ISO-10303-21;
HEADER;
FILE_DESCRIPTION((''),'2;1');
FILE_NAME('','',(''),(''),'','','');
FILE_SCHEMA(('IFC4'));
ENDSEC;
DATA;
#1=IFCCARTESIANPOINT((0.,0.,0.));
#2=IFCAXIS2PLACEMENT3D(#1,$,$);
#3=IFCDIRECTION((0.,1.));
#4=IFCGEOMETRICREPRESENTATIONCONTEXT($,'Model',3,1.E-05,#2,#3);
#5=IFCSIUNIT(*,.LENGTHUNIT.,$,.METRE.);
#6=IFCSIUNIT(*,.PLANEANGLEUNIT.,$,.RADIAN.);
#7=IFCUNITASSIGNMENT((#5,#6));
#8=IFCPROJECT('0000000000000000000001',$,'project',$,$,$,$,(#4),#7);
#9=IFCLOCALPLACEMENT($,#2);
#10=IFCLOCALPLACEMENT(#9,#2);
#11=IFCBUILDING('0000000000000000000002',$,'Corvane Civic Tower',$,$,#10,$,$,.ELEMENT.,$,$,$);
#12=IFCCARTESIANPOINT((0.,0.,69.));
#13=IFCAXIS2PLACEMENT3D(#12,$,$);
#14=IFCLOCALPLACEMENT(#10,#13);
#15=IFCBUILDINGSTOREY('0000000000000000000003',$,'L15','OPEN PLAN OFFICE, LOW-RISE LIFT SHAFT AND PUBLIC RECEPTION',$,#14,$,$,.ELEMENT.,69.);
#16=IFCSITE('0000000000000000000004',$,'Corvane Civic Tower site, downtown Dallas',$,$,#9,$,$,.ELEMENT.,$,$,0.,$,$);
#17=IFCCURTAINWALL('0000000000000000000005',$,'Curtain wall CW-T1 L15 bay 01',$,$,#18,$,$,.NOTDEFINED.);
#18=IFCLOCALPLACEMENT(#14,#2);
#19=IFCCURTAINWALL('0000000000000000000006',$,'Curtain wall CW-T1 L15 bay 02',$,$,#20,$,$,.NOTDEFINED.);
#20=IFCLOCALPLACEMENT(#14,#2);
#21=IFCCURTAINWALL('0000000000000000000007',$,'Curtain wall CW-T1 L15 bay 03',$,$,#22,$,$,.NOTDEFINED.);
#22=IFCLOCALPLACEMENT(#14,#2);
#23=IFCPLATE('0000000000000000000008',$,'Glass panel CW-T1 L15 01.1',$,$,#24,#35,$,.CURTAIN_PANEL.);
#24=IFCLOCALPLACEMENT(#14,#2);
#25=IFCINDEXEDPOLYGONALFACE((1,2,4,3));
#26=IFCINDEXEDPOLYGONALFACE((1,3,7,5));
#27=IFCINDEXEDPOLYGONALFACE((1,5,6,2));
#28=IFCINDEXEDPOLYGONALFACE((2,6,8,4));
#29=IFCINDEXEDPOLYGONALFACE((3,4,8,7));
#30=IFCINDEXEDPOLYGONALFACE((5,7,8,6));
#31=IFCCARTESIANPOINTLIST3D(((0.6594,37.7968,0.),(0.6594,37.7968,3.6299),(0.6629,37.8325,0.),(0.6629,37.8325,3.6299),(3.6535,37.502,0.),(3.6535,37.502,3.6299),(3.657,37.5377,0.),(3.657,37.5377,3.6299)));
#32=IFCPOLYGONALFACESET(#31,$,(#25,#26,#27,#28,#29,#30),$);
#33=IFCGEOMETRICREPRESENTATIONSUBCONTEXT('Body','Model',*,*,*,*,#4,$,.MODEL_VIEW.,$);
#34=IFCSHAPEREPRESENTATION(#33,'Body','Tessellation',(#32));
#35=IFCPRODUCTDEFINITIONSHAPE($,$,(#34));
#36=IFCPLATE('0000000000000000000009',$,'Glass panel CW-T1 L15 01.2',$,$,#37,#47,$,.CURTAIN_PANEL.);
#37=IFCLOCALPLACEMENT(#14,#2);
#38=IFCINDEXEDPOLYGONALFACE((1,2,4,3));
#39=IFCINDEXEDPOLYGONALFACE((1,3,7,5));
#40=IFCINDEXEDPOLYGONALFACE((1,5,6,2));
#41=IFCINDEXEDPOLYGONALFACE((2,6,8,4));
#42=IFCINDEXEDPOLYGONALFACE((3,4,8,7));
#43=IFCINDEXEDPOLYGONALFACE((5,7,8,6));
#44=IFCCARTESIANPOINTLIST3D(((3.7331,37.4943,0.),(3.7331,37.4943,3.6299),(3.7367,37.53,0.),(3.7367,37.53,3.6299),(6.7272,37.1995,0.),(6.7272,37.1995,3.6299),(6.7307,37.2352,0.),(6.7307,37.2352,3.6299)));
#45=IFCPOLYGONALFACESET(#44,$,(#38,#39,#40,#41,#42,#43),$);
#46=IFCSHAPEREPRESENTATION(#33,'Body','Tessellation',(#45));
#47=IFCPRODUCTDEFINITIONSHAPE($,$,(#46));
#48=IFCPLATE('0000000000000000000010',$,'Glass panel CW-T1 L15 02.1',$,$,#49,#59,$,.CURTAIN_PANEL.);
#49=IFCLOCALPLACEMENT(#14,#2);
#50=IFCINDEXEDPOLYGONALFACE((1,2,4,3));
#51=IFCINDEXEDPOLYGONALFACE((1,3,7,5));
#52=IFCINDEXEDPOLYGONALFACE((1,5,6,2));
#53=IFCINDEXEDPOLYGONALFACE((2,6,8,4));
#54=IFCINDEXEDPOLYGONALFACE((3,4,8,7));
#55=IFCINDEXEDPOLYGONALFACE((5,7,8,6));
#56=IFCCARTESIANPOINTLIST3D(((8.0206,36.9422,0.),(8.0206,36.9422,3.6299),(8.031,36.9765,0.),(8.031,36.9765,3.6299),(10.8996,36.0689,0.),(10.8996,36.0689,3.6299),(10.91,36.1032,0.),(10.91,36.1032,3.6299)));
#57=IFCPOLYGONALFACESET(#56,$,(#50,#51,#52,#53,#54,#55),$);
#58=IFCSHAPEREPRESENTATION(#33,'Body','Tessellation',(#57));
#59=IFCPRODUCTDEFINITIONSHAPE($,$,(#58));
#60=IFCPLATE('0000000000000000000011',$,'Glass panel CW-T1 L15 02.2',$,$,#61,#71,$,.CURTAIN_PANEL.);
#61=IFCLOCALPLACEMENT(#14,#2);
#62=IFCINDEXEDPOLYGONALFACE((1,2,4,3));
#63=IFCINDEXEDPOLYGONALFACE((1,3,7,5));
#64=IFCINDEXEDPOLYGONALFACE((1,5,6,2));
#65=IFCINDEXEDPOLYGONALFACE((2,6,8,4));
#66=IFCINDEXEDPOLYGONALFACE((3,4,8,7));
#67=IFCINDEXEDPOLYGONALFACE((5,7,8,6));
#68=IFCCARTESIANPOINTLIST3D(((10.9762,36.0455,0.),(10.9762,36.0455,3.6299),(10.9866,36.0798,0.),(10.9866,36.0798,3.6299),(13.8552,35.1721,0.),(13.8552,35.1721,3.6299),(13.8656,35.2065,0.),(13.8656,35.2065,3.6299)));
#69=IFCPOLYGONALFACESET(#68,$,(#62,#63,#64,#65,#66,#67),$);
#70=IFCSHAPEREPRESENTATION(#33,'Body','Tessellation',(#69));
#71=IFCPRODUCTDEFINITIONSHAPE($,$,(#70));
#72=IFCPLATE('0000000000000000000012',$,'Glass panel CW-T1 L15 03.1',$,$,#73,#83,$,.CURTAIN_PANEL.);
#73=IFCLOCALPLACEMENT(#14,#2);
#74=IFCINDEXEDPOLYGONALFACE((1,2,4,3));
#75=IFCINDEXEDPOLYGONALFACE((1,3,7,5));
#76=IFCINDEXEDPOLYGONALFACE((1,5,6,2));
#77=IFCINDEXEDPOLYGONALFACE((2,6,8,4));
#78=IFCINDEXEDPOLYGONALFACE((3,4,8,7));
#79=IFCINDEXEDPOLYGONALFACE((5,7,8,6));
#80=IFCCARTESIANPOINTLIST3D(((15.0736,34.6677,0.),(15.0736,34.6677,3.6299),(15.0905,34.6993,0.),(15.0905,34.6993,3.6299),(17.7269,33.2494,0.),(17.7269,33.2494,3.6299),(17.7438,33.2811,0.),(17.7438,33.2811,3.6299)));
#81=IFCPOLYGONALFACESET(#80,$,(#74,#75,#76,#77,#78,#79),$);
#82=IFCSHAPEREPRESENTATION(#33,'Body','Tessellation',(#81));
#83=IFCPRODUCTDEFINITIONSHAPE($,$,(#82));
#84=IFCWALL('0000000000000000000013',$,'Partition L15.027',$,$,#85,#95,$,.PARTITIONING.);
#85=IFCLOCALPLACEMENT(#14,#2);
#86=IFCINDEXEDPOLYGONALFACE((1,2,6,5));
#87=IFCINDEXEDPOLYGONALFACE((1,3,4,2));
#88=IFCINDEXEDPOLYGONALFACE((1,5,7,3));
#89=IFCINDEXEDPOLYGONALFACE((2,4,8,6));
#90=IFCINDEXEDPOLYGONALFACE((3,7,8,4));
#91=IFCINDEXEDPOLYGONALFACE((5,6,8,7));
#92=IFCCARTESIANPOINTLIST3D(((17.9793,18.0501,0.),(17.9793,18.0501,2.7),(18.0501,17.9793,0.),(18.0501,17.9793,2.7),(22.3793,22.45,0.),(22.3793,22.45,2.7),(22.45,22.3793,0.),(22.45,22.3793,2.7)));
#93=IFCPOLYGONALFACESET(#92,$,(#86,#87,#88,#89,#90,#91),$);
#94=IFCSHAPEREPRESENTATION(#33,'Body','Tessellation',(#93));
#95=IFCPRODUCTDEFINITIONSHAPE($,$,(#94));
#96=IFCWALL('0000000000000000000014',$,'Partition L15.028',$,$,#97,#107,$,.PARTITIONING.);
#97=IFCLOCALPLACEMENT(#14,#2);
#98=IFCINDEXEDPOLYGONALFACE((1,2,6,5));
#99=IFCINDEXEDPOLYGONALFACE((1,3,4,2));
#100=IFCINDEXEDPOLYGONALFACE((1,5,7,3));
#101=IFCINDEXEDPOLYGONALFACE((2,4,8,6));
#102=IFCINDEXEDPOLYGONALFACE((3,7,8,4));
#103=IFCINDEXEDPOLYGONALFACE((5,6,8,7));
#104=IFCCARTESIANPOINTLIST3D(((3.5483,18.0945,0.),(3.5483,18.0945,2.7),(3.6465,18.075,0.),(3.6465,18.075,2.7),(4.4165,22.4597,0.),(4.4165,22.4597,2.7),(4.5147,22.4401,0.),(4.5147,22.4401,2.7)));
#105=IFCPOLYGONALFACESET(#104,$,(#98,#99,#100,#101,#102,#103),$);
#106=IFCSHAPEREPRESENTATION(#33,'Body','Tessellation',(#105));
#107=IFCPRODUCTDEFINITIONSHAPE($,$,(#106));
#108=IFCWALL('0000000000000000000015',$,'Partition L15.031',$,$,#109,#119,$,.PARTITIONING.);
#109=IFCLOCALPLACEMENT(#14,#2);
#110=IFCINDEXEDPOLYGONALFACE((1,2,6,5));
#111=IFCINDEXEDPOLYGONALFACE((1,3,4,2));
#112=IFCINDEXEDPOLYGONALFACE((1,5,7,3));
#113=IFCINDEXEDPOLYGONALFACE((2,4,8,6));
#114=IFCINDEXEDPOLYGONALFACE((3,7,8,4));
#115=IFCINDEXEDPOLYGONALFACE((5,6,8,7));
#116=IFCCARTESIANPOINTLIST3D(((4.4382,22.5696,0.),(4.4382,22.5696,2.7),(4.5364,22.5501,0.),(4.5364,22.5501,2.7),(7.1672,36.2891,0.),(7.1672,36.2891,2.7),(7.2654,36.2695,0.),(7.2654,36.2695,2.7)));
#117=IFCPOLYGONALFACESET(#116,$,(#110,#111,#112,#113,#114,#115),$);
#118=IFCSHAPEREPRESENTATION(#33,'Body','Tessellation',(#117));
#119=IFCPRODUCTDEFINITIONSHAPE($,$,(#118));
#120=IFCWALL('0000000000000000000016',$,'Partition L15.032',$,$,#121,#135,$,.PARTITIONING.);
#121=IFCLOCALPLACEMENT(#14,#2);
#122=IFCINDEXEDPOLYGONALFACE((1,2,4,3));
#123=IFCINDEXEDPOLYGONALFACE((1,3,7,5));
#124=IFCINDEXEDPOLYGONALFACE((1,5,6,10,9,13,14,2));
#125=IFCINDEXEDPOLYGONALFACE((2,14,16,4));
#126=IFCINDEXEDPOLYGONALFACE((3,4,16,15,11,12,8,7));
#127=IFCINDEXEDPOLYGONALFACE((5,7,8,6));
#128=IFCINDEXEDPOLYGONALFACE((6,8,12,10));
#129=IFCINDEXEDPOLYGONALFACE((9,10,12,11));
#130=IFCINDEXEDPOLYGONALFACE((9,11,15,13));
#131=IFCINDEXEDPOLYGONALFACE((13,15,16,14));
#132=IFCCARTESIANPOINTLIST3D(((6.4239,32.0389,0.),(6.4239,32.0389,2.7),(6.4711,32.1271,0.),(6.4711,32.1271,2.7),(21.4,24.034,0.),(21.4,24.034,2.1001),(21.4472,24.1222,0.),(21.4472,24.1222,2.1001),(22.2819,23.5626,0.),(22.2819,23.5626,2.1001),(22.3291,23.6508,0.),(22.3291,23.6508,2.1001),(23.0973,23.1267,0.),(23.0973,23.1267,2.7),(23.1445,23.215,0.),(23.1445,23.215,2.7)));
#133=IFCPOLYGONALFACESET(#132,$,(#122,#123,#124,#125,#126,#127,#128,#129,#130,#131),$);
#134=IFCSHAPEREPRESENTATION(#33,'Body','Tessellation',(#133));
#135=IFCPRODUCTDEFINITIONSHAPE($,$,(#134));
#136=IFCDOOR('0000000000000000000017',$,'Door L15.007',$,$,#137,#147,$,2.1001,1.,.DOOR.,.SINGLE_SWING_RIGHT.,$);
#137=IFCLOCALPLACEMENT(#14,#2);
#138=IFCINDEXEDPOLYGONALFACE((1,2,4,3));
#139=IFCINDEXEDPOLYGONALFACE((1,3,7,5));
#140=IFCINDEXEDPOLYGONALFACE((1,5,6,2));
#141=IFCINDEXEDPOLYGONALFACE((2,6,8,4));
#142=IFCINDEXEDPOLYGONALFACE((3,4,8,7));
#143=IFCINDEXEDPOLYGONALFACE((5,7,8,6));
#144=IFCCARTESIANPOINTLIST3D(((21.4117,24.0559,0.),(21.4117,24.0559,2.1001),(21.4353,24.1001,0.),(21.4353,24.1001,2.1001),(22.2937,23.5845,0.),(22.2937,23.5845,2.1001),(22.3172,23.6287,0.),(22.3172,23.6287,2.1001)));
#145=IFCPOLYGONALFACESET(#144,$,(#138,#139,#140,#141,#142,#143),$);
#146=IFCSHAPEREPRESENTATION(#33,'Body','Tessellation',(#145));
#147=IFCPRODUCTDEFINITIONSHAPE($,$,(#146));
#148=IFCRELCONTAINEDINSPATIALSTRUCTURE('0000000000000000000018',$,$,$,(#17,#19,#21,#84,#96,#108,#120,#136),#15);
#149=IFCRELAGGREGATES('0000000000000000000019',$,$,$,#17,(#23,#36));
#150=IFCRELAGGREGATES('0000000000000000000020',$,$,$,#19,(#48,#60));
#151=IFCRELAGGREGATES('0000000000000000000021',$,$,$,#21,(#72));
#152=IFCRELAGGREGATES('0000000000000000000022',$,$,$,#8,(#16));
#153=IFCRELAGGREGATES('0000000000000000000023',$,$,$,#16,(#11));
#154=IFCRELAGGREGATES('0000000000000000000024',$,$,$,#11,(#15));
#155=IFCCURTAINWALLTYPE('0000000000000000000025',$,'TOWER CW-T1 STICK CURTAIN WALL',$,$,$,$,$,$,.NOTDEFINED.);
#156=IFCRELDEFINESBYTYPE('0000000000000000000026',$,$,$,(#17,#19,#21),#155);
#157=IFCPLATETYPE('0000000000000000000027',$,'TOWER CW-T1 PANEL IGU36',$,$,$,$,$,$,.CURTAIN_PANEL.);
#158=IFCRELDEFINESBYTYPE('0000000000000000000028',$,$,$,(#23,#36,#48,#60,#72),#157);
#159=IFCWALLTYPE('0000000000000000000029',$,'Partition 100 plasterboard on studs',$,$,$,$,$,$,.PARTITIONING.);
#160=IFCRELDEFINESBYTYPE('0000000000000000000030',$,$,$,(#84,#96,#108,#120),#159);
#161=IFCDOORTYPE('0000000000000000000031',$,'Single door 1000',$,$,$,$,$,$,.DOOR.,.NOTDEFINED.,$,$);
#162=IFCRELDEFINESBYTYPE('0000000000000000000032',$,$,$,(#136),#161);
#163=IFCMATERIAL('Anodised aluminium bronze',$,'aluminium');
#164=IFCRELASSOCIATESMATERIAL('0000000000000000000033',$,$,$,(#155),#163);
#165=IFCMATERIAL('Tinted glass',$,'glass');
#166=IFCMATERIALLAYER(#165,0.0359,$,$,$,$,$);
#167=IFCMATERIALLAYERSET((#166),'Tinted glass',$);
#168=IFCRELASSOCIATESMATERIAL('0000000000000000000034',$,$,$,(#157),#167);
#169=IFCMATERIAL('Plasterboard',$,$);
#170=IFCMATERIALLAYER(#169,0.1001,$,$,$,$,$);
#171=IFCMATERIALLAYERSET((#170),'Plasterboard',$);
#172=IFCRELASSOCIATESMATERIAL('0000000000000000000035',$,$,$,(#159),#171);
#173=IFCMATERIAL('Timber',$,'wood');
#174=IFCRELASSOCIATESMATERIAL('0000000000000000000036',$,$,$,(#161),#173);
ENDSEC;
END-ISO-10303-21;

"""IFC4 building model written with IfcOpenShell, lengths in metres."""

from ifc_helpers import new_model, si_unit, direction, frame, frame_2d, origin, origin_2d, place, context, subcontext, project, spatial, rectangle, extrude, material, layer, layer_set, type_object, element, fill, aggregate, save


model = new_model("IFC4")

# Units and contexts
model_context = context("Model", 3, precision=1e-05, world=origin(), true_north=direction((0.0, 1.0)))
body_context = subcontext(model_context, "Body", "Model", "MODEL_VIEW")
ifc_project = project(units=[si_unit("LENGTHUNIT", "METRE"), si_unit("PLANEANGLEUNIT", "RADIAN")], contexts=[model_context])

# Site, building, storey
site_placement = place(None, origin())
site = spatial("IfcSite", under=ifc_project, at=site_placement, Name="Corvane Civic Tower site, downtown Dallas", CompositionType="ELEMENT", RefElevation=0.0)
building_placement = place(site_placement, origin())
building = spatial("IfcBuilding", under=site, at=building_placement, Name="Corvane Civic Tower", CompositionType="ELEMENT")
storey_placement = place(building_placement, frame((0.0, 0.0, 69.0)))
storey = spatial("IfcBuildingStorey", under=building, at=storey_placement, Name="L15", Description="OPEN PLAN OFFICE, LOW-RISE LIFT SHAFT AND PUBLIC RECEPTION", CompositionType="ELEMENT", Elevation=69.0)

# Curtain walls
ifc_material_1 = material(Name="Anodised aluminium bronze", Category="aluminium")
curtain_wall_type = type_object("IfcCurtainWallType", Name="TOWER CW-T1 STICK CURTAIN WALL", PredefinedType="NOTDEFINED", material=ifc_material_1)
curtain_wall_1_placement = place(storey_placement, origin())
curtain_wall_1 = element("IfcCurtainWall", 1, at=curtain_wall_1_placement, inside=storey, type_object=curtain_wall_type, Name="Curtain wall CW-T1 L15 bay 01", PredefinedType="NOTDEFINED")
curtain_wall_2_placement = place(storey_placement, origin())
curtain_wall_2 = element("IfcCurtainWall", 2, at=curtain_wall_2_placement, inside=storey, type_object=curtain_wall_type, Name="Curtain wall CW-T1 L15 bay 02", PredefinedType="NOTDEFINED")
curtain_wall_3_placement = place(storey_placement, origin())
curtain_wall_3 = element("IfcCurtainWall", 3, at=curtain_wall_3_placement, inside=storey, type_object=curtain_wall_type, Name="Curtain wall CW-T1 L15 bay 03", PredefinedType="NOTDEFINED")

# Plates
ifc_material_2 = material(Name="Tinted glass", Category="glass")
ifc_layer_1 = layer(ifc_material_2, 0.0359)
ifc_layer_set_1 = layer_set([ifc_layer_1], Name="Tinted glass")
plate_type = type_object("IfcPlateType", Name="TOWER CW-T1 PANEL IGU36", PredefinedType="CURTAIN_PANEL", material=ifc_layer_set_1)
plate_1_placement = place(storey_placement, frame((2.1582, 37.6672, 0.0), z_axis=(0.0, 0.0, 1.0), x_axis=(0.995186, -0.098006, 0.0)))
plate_1 = element("IfcPlate", 4, at=plate_1_placement, type_object=plate_type, Name="Glass panel CW-T1 L15 01.1", PredefinedType="CURTAIN_PANEL", context=body_context, shape_type="SweptSolid", body=[
    extrude(rectangle(XDim=3.0085, YDim=0.0359, at=origin_2d()), origin(), (0.0, 0.0, 1.0), 3.6299),
])
plate_2_placement = place(storey_placement, frame((5.2319, 37.3647, 0.0), z_axis=(0.0, 0.0, 1.0), x_axis=(0.995186, -0.098006, 0.0)))
plate_2 = element("IfcPlate", 5, at=plate_2_placement, type_object=plate_type, Name="Glass panel CW-T1 L15 01.2", PredefinedType="CURTAIN_PANEL", context=body_context, shape_type="SweptSolid", body=[
    extrude(rectangle(XDim=3.0085, YDim=0.0359, at=origin_2d()), origin(), (0.0, 0.0, 1.0), 3.6299),
])
aggregate(curtain_wall_1, [plate_1, plate_2])
plate_3_placement = place(storey_placement, frame((9.4653, 36.5227, 0.0), z_axis=(0.0, 0.0, 1.0), x_axis=(0.956942, -0.290278, 0.0)))
plate_3 = element("IfcPlate", 6, at=plate_3_placement, type_object=plate_type, Name="Glass panel CW-T1 L15 02.1", PredefinedType="CURTAIN_PANEL", context=body_context, shape_type="SweptSolid", body=[
    extrude(rectangle(XDim=3.0085, YDim=0.0359, at=origin_2d()), origin(), (0.0, 0.0, 1.0), 3.6299),
])
plate_4_placement = place(storey_placement, frame((12.4209, 35.626, 0.0), z_axis=(0.0, 0.0, 1.0), x_axis=(0.956942, -0.290278, 0.0)))
plate_4 = element("IfcPlate", 7, at=plate_4_placement, type_object=plate_type, Name="Glass panel CW-T1 L15 02.2", PredefinedType="CURTAIN_PANEL", context=body_context, shape_type="SweptSolid", body=[
    extrude(rectangle(XDim=3.0085, YDim=0.0359, at=origin_2d()), origin(), (0.0, 0.0, 1.0), 3.6299),
])
aggregate(curtain_wall_2, [plate_3, plate_4])
plate_5_placement = place(storey_placement, frame((16.4087, 33.9744, 0.0), z_axis=(0.0, 0.0, 1.0), x_axis=(0.881918, -0.471404, 0.0)))
plate_5 = element("IfcPlate", 8, at=plate_5_placement, type_object=plate_type, Name="Glass panel CW-T1 L15 03.1", PredefinedType="CURTAIN_PANEL", context=body_context, shape_type="SweptSolid", body=[
    extrude(rectangle(XDim=3.0085, YDim=0.0359, at=origin_2d()), origin(), (0.0, 0.0, 1.0), 3.6299),
])
aggregate(curtain_wall_3, [plate_5])

# Walls
ifc_material_3 = material(Name="Plasterboard")
ifc_layer_2 = layer(ifc_material_3, 0.1001)
ifc_layer_set_2 = layer_set([ifc_layer_2], Name="Plasterboard")
wall_type = type_object("IfcWallType", Name="Partition 100 plasterboard on studs", PredefinedType="PARTITIONING", material=ifc_layer_set_2)
wall_1_placement = place(storey_placement, frame((18.0146, 18.0146, 0.0), z_axis=(0.0, 0.0, 1.0), x_axis=(0.707107, 0.707107, 0.0)))
element("IfcWall", 9, at=wall_1_placement, inside=storey, type_object=wall_type, Name="Partition L15.027", PredefinedType="PARTITIONING", context=body_context, shape_type="SweptSolid", body=[
    extrude(rectangle(XDim=6.2224, YDim=0.1001, at=frame_2d((3.1113, 0.0))), origin(), (0.0, 0.0, 1.0), 2.7),
])
wall_2_placement = place(storey_placement, frame((3.5974, 18.0847, 0.0), z_axis=(0.0, 0.0, 1.0), x_axis=(0.195061, 0.980791, 0.0)))
element("IfcWall", 10, at=wall_2_placement, inside=storey, type_object=wall_type, Name="Partition L15.028", PredefinedType="PARTITIONING", context=body_context, shape_type="SweptSolid", body=[
    extrude(rectangle(XDim=4.4507, YDim=0.1001, at=frame_2d((2.2253, 0.0))), origin(), (0.0, 0.0, 1.0), 2.7),
])
wall_3_placement = place(storey_placement, frame((4.4873, 22.5598, 0.0), z_axis=(0.0, 0.0, 1.0), x_axis=(0.195092, 0.980785, 0.0)))
element("IfcWall", 11, at=wall_3_placement, inside=storey, type_object=wall_type, Name="Partition L15.031", PredefinedType="PARTITIONING", context=body_context, shape_type="SweptSolid", body=[
    extrude(rectangle(XDim=13.9883, YDim=0.1001, at=frame_2d((6.9941, 0.0))), origin(), (0.0, 0.0, 1.0), 2.7),
])

# Wall, opening, door
wall_4_placement = place(storey_placement, frame((6.4475, 32.083, 0.0), z_axis=(0.0, 0.0, 1.0), x_axis=(0.881921, -0.471398, 0.0)))
wall_4 = element("IfcWall", 12, at=wall_4_placement, inside=storey, type_object=wall_type, Name="Partition L15.032", PredefinedType="PARTITIONING", context=body_context, shape_type="SweptSolid", body=[
    extrude(rectangle(XDim=18.9058, YDim=0.1001, at=frame_2d((9.4529, 0.0))), origin(), (0.0, 0.0, 1.0), 2.7),
])
opening_placement = place(wall_4_placement, frame((16.9812, 0.0, 0.0)))
opening = element("IfcOpeningElement", 13, at=opening_placement, cuts=wall_4, PredefinedType="OPENING", context=body_context, shape_type="SweptSolid", body=[
    extrude(rectangle(XDim=1.0, YDim=2.1001, at=frame_2d((0.5, 1.05))), frame((0.0, 0.0601, 0.0), z_axis=(0.0, -1.0, 0.0), x_axis=(1.0, 0.0, 0.0)), (0.0, 0.0, 1.0), 0.1201),
])
ifc_material_4 = material(Name="Timber", Category="wood")
door_type = type_object("IfcDoorType", Name="Single door 1000", OperationType="NOTDEFINED", PredefinedType="DOOR", material=ifc_material_4)
door_placement = place(opening_placement, origin())
door = element("IfcDoor", 14, at=door_placement, inside=storey, type_object=door_type, Name="Door L15.007", OperationType="SINGLE_SWING_RIGHT", OverallHeight=2.1001, OverallWidth=1.0, PredefinedType="DOOR", context=body_context, shape_type="SweptSolid", body=[
    extrude(rectangle(XDim=1.0, YDim=2.1001, at=frame_2d((0.5, 1.05))), frame((0.0, 0.0249, 0.0), z_axis=(0.0, -1.0, 0.0), x_axis=(1.0, 0.0, 0.0)), (0.0, 0.0, 1.0), 0.05),
])
fill(opening, door)

save(model, "model.ifc")
